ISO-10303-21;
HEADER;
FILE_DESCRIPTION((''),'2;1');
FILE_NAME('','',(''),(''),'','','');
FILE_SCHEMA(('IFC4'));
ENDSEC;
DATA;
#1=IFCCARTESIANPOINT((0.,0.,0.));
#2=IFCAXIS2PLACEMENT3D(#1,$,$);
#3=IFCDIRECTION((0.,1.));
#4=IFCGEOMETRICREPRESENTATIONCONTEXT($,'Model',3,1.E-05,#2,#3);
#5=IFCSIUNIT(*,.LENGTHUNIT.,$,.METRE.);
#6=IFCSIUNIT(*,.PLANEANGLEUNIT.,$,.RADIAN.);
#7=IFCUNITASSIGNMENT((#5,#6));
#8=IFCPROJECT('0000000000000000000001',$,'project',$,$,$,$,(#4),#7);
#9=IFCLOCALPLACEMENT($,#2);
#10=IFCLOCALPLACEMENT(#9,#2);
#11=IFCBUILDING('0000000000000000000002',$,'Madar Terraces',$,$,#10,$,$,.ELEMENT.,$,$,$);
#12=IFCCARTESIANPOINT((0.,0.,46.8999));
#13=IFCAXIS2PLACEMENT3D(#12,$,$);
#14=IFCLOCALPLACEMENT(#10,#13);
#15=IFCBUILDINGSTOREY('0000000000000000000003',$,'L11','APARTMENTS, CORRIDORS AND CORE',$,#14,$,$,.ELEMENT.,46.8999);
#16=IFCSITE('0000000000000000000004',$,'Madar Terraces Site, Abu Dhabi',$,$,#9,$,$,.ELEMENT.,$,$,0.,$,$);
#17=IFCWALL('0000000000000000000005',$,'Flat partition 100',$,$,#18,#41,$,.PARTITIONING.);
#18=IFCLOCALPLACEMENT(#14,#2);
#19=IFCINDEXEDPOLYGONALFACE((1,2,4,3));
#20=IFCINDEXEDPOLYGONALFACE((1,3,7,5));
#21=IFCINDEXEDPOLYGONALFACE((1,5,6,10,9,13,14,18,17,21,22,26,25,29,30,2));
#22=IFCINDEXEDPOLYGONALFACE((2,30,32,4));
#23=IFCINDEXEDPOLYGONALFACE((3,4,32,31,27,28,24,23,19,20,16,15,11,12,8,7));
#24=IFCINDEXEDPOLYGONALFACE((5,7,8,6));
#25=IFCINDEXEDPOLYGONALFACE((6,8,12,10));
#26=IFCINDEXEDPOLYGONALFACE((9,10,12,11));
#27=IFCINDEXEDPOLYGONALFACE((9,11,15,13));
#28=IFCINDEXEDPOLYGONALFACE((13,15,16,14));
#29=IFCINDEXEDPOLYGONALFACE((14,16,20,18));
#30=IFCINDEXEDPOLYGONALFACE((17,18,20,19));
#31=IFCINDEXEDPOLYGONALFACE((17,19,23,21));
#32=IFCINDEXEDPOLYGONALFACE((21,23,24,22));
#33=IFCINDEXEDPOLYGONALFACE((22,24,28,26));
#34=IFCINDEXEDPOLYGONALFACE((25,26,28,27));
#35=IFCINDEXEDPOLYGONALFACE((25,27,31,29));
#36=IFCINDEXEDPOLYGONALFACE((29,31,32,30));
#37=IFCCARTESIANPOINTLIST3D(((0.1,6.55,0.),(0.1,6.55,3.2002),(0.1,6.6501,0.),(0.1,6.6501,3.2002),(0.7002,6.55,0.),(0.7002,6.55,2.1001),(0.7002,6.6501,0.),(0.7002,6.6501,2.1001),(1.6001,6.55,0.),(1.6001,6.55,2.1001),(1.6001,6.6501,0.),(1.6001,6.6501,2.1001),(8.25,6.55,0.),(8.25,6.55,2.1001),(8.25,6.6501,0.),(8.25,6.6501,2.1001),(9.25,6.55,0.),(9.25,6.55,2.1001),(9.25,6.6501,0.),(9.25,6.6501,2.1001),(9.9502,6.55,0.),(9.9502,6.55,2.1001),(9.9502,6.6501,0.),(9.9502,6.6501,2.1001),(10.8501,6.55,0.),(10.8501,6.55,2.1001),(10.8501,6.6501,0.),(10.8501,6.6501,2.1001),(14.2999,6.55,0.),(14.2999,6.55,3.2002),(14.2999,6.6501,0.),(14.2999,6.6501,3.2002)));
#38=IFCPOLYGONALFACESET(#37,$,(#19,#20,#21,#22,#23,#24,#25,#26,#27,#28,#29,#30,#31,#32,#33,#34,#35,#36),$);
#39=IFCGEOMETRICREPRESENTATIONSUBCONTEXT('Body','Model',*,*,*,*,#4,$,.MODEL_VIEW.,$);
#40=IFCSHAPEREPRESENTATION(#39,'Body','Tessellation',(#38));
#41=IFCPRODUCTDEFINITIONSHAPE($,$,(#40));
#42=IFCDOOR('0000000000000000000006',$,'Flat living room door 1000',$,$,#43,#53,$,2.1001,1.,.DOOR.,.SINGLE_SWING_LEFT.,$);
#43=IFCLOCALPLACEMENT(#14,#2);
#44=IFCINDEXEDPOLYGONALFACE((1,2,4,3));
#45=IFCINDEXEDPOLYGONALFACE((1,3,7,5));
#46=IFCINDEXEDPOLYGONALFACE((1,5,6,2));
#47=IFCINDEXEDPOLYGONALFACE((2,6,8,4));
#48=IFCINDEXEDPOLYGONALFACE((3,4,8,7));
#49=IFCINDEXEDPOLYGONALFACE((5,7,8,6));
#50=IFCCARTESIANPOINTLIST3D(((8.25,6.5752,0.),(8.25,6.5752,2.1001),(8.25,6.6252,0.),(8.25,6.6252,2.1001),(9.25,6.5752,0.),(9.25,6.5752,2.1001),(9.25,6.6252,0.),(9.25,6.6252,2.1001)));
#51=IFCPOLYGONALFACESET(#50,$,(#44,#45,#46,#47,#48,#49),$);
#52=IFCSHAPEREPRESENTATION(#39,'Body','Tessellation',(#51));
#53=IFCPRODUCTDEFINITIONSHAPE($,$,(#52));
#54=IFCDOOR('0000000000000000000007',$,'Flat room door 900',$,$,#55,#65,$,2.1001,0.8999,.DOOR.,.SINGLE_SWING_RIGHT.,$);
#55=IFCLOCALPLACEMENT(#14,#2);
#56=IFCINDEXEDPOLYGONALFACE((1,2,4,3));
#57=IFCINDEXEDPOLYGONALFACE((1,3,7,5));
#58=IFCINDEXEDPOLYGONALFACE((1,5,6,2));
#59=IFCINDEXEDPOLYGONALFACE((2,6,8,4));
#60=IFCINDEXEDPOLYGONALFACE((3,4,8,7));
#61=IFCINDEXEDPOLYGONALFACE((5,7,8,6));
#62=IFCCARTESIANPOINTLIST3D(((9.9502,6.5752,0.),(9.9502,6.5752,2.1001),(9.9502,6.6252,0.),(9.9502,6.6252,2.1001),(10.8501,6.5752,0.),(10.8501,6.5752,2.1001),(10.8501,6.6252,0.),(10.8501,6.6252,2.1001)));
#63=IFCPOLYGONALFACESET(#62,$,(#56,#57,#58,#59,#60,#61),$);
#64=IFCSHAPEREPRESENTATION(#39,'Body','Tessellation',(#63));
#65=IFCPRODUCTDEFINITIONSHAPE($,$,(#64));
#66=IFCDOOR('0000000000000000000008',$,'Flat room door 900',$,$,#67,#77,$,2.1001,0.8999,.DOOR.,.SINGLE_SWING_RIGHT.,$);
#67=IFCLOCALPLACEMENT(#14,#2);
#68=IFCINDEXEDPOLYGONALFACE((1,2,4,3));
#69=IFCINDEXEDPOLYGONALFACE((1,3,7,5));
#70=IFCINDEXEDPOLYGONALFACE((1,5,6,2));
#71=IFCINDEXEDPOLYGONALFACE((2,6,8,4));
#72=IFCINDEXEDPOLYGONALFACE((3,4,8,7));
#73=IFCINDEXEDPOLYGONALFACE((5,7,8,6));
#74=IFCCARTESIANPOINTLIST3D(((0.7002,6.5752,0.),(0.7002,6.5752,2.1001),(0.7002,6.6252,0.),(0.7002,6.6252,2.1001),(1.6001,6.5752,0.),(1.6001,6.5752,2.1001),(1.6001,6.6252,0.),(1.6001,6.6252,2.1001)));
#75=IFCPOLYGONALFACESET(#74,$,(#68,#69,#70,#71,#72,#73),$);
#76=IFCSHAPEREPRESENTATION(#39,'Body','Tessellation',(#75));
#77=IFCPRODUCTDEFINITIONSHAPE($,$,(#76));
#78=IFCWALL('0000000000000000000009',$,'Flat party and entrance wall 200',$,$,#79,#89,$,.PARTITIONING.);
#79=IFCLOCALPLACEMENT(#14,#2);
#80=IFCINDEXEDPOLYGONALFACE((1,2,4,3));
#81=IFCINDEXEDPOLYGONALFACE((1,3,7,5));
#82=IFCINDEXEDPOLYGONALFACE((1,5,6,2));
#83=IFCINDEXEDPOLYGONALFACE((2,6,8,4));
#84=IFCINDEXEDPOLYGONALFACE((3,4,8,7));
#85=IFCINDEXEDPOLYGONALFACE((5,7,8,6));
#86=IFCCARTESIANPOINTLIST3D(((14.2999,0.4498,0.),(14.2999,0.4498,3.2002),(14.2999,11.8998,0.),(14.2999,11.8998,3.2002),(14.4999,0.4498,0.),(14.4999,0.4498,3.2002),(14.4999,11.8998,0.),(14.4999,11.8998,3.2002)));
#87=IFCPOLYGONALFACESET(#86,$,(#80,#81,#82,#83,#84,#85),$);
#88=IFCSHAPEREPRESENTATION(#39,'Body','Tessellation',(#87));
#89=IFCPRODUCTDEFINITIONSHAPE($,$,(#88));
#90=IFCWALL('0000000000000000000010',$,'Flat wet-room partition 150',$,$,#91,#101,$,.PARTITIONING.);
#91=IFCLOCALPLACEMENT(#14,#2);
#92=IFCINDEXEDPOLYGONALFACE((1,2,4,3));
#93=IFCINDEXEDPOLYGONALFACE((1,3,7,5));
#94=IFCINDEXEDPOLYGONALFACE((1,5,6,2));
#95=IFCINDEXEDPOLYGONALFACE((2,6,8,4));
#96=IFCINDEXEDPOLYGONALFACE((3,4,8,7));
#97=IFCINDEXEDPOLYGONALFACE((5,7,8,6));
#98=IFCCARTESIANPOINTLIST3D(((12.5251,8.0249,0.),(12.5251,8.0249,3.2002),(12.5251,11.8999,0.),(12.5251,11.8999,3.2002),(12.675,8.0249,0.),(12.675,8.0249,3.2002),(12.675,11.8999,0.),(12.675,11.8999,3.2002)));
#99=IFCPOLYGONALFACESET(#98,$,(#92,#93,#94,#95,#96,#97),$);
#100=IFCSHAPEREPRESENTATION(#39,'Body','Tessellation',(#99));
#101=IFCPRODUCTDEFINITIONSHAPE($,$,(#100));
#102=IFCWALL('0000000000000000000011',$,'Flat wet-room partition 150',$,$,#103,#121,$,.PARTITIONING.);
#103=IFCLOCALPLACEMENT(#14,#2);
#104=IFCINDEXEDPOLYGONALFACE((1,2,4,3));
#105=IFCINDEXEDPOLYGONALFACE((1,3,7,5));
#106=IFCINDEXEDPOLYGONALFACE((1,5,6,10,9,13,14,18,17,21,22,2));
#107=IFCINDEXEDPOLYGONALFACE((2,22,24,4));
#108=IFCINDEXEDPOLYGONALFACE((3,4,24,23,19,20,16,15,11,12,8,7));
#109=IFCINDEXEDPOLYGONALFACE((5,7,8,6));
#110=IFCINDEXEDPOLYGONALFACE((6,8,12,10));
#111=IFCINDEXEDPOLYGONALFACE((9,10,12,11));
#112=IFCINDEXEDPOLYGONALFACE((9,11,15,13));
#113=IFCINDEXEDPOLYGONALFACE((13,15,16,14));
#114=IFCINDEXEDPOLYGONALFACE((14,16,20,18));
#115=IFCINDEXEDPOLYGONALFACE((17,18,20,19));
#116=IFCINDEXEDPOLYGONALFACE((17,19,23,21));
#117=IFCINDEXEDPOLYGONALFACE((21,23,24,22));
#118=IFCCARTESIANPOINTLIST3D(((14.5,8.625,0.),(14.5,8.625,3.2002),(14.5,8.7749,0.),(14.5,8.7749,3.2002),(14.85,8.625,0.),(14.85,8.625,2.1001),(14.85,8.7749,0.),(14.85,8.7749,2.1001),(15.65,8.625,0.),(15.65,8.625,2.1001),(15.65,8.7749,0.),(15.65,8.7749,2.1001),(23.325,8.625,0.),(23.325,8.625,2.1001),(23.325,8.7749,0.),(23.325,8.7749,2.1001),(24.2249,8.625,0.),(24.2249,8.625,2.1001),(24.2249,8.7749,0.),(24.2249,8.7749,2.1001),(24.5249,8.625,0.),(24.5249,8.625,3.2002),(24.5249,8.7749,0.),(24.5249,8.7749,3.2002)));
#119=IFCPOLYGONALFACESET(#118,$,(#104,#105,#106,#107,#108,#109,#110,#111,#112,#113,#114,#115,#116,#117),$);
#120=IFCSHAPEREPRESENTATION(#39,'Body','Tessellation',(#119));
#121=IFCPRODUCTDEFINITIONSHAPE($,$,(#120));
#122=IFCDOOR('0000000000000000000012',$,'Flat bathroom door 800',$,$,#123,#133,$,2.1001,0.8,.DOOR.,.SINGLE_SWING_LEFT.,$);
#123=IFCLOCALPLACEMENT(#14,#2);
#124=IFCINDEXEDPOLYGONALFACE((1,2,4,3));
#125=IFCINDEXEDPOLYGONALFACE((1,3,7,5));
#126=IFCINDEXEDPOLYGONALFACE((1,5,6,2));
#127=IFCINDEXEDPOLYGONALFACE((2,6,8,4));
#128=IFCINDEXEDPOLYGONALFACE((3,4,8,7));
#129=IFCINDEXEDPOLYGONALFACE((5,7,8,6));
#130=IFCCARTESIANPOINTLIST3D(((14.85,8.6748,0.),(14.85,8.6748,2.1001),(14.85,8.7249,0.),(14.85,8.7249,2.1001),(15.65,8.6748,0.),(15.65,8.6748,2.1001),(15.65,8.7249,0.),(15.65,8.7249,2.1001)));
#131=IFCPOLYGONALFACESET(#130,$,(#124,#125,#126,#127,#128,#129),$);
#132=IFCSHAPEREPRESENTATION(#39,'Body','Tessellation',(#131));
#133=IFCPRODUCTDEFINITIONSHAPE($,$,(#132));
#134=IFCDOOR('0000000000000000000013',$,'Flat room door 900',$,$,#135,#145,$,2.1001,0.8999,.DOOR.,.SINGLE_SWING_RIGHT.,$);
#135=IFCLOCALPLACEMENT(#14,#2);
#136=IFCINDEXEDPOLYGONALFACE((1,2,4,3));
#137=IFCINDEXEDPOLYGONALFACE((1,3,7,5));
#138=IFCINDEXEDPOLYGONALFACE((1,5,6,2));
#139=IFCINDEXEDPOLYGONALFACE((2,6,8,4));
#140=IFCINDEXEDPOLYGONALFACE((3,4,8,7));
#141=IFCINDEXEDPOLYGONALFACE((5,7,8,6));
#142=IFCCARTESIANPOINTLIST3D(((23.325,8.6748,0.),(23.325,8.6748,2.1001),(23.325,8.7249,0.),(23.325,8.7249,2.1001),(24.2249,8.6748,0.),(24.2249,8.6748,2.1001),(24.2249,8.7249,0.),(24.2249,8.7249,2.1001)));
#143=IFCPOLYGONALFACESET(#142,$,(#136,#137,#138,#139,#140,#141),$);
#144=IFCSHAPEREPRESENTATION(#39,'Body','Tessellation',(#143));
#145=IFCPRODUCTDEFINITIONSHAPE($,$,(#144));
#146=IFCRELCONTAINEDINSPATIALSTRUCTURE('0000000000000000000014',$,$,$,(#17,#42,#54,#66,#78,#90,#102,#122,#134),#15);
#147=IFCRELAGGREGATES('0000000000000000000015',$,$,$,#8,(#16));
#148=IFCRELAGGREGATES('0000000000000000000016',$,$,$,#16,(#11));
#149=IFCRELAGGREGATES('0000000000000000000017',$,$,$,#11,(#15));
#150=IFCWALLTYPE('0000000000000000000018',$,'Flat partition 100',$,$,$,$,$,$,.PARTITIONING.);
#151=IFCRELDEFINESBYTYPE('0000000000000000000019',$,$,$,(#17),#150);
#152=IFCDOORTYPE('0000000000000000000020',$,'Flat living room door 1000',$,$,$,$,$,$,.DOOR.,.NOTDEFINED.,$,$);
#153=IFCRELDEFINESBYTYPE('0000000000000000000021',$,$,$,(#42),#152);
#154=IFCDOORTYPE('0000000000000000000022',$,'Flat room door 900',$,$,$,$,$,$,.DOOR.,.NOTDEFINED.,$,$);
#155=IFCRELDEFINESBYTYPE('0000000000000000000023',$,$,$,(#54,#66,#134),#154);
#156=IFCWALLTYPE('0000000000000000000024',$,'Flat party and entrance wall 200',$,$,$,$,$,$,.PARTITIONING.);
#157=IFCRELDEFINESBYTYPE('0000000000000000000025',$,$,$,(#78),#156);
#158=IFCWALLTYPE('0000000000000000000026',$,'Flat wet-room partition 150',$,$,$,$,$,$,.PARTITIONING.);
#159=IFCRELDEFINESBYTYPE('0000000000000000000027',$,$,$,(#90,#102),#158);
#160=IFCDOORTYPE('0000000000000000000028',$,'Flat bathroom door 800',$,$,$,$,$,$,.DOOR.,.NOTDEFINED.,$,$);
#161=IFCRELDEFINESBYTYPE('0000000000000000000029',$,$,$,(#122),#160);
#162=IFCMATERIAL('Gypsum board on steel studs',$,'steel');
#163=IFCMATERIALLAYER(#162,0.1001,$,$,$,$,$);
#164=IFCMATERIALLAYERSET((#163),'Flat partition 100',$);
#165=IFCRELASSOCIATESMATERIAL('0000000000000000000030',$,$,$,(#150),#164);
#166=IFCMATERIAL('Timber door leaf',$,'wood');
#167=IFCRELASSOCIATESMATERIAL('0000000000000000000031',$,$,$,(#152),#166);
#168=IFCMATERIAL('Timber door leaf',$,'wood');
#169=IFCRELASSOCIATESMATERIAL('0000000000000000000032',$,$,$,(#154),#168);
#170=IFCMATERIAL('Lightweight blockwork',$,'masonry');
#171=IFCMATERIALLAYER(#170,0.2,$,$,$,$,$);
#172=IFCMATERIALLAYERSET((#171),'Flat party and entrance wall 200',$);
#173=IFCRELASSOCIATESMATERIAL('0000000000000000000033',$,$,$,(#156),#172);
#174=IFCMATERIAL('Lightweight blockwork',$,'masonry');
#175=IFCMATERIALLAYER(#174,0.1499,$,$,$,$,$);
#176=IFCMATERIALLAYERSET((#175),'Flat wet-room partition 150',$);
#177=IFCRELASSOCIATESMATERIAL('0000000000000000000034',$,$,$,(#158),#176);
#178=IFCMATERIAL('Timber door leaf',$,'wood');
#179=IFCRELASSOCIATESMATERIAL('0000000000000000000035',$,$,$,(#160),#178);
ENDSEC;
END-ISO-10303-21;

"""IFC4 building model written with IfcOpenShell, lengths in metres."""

from ifc_helpers import new_model, si_unit, direction, frame, frame_2d, origin, place, context, subcontext, project, spatial, rectangle, extrude, material, layer, layer_set, type_object, element, fill, save


model = new_model("IFC4")

# Units and contexts
model_context = context("Model", 3, precision=1e-05, world=origin(), true_north=direction((0.0, 1.0)))
body_context = subcontext(model_context, "Body", "Model", "MODEL_VIEW")
ifc_project = project(units=[si_unit("LENGTHUNIT", "METRE"), si_unit("PLANEANGLEUNIT", "RADIAN")], contexts=[model_context])

# Site, building, storey
site_placement = place(None, origin())
site = spatial("IfcSite", under=ifc_project, at=site_placement, Name="Madar Terraces Site, Abu Dhabi", CompositionType="ELEMENT", RefElevation=0.0)
building_placement = place(site_placement, origin())
building = spatial("IfcBuilding", under=site, at=building_placement, Name="Madar Terraces", CompositionType="ELEMENT")
storey_placement = place(building_placement, frame((0.0, 0.0, 46.8999)))
storey = spatial("IfcBuildingStorey", under=building, at=storey_placement, Name="L11", Description="APARTMENTS, CORRIDORS AND CORE", CompositionType="ELEMENT", Elevation=46.8999)

# Wall, openings, doors
ifc_material_1 = material(Name="Gypsum board on steel studs", Category="steel")
ifc_layer_1 = layer(ifc_material_1, 0.1001)
ifc_layer_set_1 = layer_set([ifc_layer_1], Name="Flat partition 100")
wall_type_1 = type_object("IfcWallType", Name="Flat partition 100", PredefinedType="PARTITIONING", material=ifc_layer_set_1)
wall_1_placement = place(storey_placement, frame((14.3, 6.6001, 0.0), z_axis=(0.0, 0.0, 1.0), x_axis=(-1.0, 0.0, 0.0)))
wall_1 = element("IfcWall", 1, at=wall_1_placement, inside=storey, type_object=wall_type_1, Name="Flat partition 100", PredefinedType="PARTITIONING", context=body_context, shape_type="SweptSolid", body=[
    extrude(rectangle(XDim=14.2, YDim=0.1001, at=frame_2d((7.1001, 0.0))), origin(), (0.0, 0.0, 1.0), 3.2002),
])
opening_1_placement = place(wall_1_placement, frame((3.45, 0.0, 0.0)))
opening_1 = element("IfcOpeningElement", 2, at=opening_1_placement, cuts=wall_1, PredefinedType="OPENING", context=body_context, shape_type="SweptSolid", body=[
    extrude(rectangle(XDim=0.8999, YDim=2.1001, at=frame_2d((0.45, 1.05))), frame((0.0, 0.0601, 0.0), z_axis=(0.0, -1.0, 0.0), x_axis=(1.0, 0.0, 0.0)), (0.0, 0.0, 1.0), 0.1201),
])
opening_2_placement = place(wall_1_placement, frame((5.05, 0.0, 0.0)))
opening_2 = element("IfcOpeningElement", 3, at=opening_2_placement, cuts=wall_1, PredefinedType="OPENING", context=body_context, shape_type="SweptSolid", body=[
    extrude(rectangle(XDim=1.0, YDim=2.1001, at=frame_2d((0.5, 1.05))), frame((0.0, 0.0601, 0.0), z_axis=(0.0, -1.0, 0.0), x_axis=(1.0, 0.0, 0.0)), (0.0, 0.0, 1.0), 0.1201),
])
opening_3_placement = place(wall_1_placement, frame((12.7, 0.0, 0.0)))
opening_3 = element("IfcOpeningElement", 4, at=opening_3_placement, cuts=wall_1, PredefinedType="OPENING", context=body_context, shape_type="SweptSolid", body=[
    extrude(rectangle(XDim=0.8999, YDim=2.1001, at=frame_2d((0.45, 1.05))), frame((0.0, 0.0601, 0.0), z_axis=(0.0, -1.0, 0.0), x_axis=(1.0, 0.0, 0.0)), (0.0, 0.0, 1.0), 0.1201),
])
ifc_material_2 = material(Name="Timber door leaf", Category="wood")
door_type_1 = type_object("IfcDoorType", Name="Flat living room door 1000", OperationType="NOTDEFINED", PredefinedType="DOOR", material=ifc_material_2)
door_1_placement = place(opening_2_placement, origin())
door_1 = element("IfcDoor", 5, at=door_1_placement, inside=storey, type_object=door_type_1, Name="Flat living room door 1000", OperationType="SINGLE_SWING_LEFT", OverallHeight=2.1001, OverallWidth=1.0, PredefinedType="DOOR", context=body_context, shape_type="SweptSolid", body=[
    extrude(rectangle(XDim=1.0, YDim=2.1001, at=frame_2d((0.5, 1.05))), frame((0.0, 0.0249, 0.0), z_axis=(0.0, -1.0, 0.0), x_axis=(1.0, 0.0, 0.0)), (0.0, 0.0, 1.0), 0.05),
])
fill(opening_2, door_1)
ifc_material_3 = material(Name="Timber door leaf", Category="wood")
door_type_2 = type_object("IfcDoorType", Name="Flat room door 900", OperationType="NOTDEFINED", PredefinedType="DOOR", material=ifc_material_3)
door_2_placement = place(opening_1_placement, origin())
door_2 = element("IfcDoor", 6, at=door_2_placement, inside=storey, type_object=door_type_2, Name="Flat room door 900", OperationType="SINGLE_SWING_RIGHT", OverallHeight=2.1001, OverallWidth=0.8999, PredefinedType="DOOR", context=body_context, shape_type="SweptSolid", body=[
    extrude(rectangle(XDim=0.8999, YDim=2.1001, at=frame_2d((0.45, 1.05))), frame((0.0, 0.0249, 0.0), z_axis=(0.0, -1.0, 0.0), x_axis=(1.0, 0.0, 0.0)), (0.0, 0.0, 1.0), 0.05),
])
fill(opening_1, door_2)
door_3_placement = place(opening_3_placement, origin())
door_3 = element("IfcDoor", 7, at=door_3_placement, inside=storey, type_object=door_type_2, Name="Flat room door 900", OperationType="SINGLE_SWING_RIGHT", OverallHeight=2.1001, OverallWidth=0.8999, PredefinedType="DOOR", context=body_context, shape_type="SweptSolid", body=[
    extrude(rectangle(XDim=0.8999, YDim=2.1001, at=frame_2d((0.45, 1.05))), frame((0.0, 0.0249, 0.0), z_axis=(0.0, -1.0, 0.0), x_axis=(1.0, 0.0, 0.0)), (0.0, 0.0, 1.0), 0.05),
])
fill(opening_3, door_3)

# Walls
ifc_material_4 = material(Name="Lightweight blockwork", Category="masonry")
ifc_layer_2 = layer(ifc_material_4, 0.2)
ifc_layer_set_2 = layer_set([ifc_layer_2], Name="Flat party and entrance wall 200")
wall_type_2 = type_object("IfcWallType", Name="Flat party and entrance wall 200", PredefinedType="PARTITIONING", material=ifc_layer_set_2)
wall_2_placement = place(storey_placement, frame((14.3999, 11.8999, 0.0), z_axis=(0.0, 0.0, 1.0), x_axis=(0.0, -1.0, 0.0)))
element("IfcWall", 8, at=wall_2_placement, inside=storey, type_object=wall_type_2, Name="Flat party and entrance wall 200", PredefinedType="PARTITIONING", context=body_context, shape_type="SweptSolid", body=[
    extrude(rectangle(XDim=11.45, YDim=0.2, at=frame_2d((5.7251, 0.0))), origin(), (0.0, 0.0, 1.0), 3.2002),
])
ifc_material_5 = material(Name="Lightweight blockwork", Category="masonry")
ifc_layer_3 = layer(ifc_material_5, 0.1499)
ifc_layer_set_3 = layer_set([ifc_layer_3], Name="Flat wet-room partition 150")
wall_type_3 = type_object("IfcWallType", Name="Flat wet-room partition 150", PredefinedType="PARTITIONING", material=ifc_layer_set_3)
wall_3_placement = place(storey_placement, frame((12.6001, 11.8999, 0.0), z_axis=(0.0, 0.0, 1.0), x_axis=(0.0, -1.0, 0.0)))
element("IfcWall", 9, at=wall_3_placement, inside=storey, type_object=wall_type_3, Name="Flat wet-room partition 150", PredefinedType="PARTITIONING", context=body_context, shape_type="SweptSolid", body=[
    extrude(rectangle(XDim=3.875, YDim=0.1499, at=frame_2d((1.9375, 0.0))), origin(), (0.0, 0.0, 1.0), 3.2002),
])

# Wall, openings, doors
wall_4_placement = place(storey_placement, frame((14.5, 8.7, 0.0), z_axis=(0.0, 0.0, 1.0), x_axis=(1.0, 0.0, 0.0)))
wall_4 = element("IfcWall", 10, at=wall_4_placement, inside=storey, type_object=wall_type_3, Name="Flat wet-room partition 150", PredefinedType="PARTITIONING", context=body_context, shape_type="SweptSolid", body=[
    extrude(rectangle(XDim=10.0249, YDim=0.1499, at=frame_2d((5.0125, 0.0))), origin(), (0.0, 0.0, 1.0), 3.2002),
])
opening_4_placement = place(wall_4_placement, frame((8.825, 0.0, 0.0)))
opening_4 = element("IfcOpeningElement", 11, at=opening_4_placement, cuts=wall_4, PredefinedType="OPENING", context=body_context, shape_type="SweptSolid", body=[
    extrude(rectangle(XDim=0.8999, YDim=2.1001, at=frame_2d((0.45, 1.05))), frame((0.0, 0.085, 0.0), z_axis=(0.0, -1.0, 0.0), x_axis=(1.0, 0.0, 0.0)), (0.0, 0.0, 1.0), 0.1699),
])
opening_5_placement = place(wall_4_placement, frame((0.3501, 0.0, 0.0)))
opening_5 = element("IfcOpeningElement", 12, at=opening_5_placement, cuts=wall_4, PredefinedType="OPENING", context=body_context, shape_type="SweptSolid", body=[
    extrude(rectangle(XDim=0.8, YDim=2.1001, at=frame_2d((0.3999, 1.05))), frame((0.0, 0.085, 0.0), z_axis=(0.0, -1.0, 0.0), x_axis=(1.0, 0.0, 0.0)), (0.0, 0.0, 1.0), 0.1699),
])
ifc_material_6 = material(Name="Timber door leaf", Category="wood")
door_type_3 = type_object("IfcDoorType", Name="Flat bathroom door 800", OperationType="NOTDEFINED", PredefinedType="DOOR", material=ifc_material_6)
door_4_placement = place(opening_5_placement, origin())
door_4 = element("IfcDoor", 13, at=door_4_placement, inside=storey, type_object=door_type_3, Name="Flat bathroom door 800", OperationType="SINGLE_SWING_LEFT", OverallHeight=2.1001, OverallWidth=0.8, PredefinedType="DOOR", context=body_context, shape_type="SweptSolid", body=[
    extrude(rectangle(XDim=0.8, YDim=2.1001, at=frame_2d((0.3999, 1.05))), frame((0.0, 0.0249, 0.0), z_axis=(0.0, -1.0, 0.0), x_axis=(1.0, 0.0, 0.0)), (0.0, 0.0, 1.0), 0.05),
])
fill(opening_5, door_4)
door_5_placement = place(opening_4_placement, origin())
door_5 = element("IfcDoor", 14, at=door_5_placement, inside=storey, type_object=door_type_2, Name="Flat room door 900", OperationType="SINGLE_SWING_RIGHT", OverallHeight=2.1001, OverallWidth=0.8999, PredefinedType="DOOR", context=body_context, shape_type="SweptSolid", body=[
    extrude(rectangle(XDim=0.8999, YDim=2.1001, at=frame_2d((0.45, 1.05))), frame((0.0, 0.0249, 0.0), z_axis=(0.0, -1.0, 0.0), x_axis=(1.0, 0.0, 0.0)), (0.0, 0.0, 1.0), 0.05),
])
fill(opening_4, door_5)

save(model, "model.ifc")
